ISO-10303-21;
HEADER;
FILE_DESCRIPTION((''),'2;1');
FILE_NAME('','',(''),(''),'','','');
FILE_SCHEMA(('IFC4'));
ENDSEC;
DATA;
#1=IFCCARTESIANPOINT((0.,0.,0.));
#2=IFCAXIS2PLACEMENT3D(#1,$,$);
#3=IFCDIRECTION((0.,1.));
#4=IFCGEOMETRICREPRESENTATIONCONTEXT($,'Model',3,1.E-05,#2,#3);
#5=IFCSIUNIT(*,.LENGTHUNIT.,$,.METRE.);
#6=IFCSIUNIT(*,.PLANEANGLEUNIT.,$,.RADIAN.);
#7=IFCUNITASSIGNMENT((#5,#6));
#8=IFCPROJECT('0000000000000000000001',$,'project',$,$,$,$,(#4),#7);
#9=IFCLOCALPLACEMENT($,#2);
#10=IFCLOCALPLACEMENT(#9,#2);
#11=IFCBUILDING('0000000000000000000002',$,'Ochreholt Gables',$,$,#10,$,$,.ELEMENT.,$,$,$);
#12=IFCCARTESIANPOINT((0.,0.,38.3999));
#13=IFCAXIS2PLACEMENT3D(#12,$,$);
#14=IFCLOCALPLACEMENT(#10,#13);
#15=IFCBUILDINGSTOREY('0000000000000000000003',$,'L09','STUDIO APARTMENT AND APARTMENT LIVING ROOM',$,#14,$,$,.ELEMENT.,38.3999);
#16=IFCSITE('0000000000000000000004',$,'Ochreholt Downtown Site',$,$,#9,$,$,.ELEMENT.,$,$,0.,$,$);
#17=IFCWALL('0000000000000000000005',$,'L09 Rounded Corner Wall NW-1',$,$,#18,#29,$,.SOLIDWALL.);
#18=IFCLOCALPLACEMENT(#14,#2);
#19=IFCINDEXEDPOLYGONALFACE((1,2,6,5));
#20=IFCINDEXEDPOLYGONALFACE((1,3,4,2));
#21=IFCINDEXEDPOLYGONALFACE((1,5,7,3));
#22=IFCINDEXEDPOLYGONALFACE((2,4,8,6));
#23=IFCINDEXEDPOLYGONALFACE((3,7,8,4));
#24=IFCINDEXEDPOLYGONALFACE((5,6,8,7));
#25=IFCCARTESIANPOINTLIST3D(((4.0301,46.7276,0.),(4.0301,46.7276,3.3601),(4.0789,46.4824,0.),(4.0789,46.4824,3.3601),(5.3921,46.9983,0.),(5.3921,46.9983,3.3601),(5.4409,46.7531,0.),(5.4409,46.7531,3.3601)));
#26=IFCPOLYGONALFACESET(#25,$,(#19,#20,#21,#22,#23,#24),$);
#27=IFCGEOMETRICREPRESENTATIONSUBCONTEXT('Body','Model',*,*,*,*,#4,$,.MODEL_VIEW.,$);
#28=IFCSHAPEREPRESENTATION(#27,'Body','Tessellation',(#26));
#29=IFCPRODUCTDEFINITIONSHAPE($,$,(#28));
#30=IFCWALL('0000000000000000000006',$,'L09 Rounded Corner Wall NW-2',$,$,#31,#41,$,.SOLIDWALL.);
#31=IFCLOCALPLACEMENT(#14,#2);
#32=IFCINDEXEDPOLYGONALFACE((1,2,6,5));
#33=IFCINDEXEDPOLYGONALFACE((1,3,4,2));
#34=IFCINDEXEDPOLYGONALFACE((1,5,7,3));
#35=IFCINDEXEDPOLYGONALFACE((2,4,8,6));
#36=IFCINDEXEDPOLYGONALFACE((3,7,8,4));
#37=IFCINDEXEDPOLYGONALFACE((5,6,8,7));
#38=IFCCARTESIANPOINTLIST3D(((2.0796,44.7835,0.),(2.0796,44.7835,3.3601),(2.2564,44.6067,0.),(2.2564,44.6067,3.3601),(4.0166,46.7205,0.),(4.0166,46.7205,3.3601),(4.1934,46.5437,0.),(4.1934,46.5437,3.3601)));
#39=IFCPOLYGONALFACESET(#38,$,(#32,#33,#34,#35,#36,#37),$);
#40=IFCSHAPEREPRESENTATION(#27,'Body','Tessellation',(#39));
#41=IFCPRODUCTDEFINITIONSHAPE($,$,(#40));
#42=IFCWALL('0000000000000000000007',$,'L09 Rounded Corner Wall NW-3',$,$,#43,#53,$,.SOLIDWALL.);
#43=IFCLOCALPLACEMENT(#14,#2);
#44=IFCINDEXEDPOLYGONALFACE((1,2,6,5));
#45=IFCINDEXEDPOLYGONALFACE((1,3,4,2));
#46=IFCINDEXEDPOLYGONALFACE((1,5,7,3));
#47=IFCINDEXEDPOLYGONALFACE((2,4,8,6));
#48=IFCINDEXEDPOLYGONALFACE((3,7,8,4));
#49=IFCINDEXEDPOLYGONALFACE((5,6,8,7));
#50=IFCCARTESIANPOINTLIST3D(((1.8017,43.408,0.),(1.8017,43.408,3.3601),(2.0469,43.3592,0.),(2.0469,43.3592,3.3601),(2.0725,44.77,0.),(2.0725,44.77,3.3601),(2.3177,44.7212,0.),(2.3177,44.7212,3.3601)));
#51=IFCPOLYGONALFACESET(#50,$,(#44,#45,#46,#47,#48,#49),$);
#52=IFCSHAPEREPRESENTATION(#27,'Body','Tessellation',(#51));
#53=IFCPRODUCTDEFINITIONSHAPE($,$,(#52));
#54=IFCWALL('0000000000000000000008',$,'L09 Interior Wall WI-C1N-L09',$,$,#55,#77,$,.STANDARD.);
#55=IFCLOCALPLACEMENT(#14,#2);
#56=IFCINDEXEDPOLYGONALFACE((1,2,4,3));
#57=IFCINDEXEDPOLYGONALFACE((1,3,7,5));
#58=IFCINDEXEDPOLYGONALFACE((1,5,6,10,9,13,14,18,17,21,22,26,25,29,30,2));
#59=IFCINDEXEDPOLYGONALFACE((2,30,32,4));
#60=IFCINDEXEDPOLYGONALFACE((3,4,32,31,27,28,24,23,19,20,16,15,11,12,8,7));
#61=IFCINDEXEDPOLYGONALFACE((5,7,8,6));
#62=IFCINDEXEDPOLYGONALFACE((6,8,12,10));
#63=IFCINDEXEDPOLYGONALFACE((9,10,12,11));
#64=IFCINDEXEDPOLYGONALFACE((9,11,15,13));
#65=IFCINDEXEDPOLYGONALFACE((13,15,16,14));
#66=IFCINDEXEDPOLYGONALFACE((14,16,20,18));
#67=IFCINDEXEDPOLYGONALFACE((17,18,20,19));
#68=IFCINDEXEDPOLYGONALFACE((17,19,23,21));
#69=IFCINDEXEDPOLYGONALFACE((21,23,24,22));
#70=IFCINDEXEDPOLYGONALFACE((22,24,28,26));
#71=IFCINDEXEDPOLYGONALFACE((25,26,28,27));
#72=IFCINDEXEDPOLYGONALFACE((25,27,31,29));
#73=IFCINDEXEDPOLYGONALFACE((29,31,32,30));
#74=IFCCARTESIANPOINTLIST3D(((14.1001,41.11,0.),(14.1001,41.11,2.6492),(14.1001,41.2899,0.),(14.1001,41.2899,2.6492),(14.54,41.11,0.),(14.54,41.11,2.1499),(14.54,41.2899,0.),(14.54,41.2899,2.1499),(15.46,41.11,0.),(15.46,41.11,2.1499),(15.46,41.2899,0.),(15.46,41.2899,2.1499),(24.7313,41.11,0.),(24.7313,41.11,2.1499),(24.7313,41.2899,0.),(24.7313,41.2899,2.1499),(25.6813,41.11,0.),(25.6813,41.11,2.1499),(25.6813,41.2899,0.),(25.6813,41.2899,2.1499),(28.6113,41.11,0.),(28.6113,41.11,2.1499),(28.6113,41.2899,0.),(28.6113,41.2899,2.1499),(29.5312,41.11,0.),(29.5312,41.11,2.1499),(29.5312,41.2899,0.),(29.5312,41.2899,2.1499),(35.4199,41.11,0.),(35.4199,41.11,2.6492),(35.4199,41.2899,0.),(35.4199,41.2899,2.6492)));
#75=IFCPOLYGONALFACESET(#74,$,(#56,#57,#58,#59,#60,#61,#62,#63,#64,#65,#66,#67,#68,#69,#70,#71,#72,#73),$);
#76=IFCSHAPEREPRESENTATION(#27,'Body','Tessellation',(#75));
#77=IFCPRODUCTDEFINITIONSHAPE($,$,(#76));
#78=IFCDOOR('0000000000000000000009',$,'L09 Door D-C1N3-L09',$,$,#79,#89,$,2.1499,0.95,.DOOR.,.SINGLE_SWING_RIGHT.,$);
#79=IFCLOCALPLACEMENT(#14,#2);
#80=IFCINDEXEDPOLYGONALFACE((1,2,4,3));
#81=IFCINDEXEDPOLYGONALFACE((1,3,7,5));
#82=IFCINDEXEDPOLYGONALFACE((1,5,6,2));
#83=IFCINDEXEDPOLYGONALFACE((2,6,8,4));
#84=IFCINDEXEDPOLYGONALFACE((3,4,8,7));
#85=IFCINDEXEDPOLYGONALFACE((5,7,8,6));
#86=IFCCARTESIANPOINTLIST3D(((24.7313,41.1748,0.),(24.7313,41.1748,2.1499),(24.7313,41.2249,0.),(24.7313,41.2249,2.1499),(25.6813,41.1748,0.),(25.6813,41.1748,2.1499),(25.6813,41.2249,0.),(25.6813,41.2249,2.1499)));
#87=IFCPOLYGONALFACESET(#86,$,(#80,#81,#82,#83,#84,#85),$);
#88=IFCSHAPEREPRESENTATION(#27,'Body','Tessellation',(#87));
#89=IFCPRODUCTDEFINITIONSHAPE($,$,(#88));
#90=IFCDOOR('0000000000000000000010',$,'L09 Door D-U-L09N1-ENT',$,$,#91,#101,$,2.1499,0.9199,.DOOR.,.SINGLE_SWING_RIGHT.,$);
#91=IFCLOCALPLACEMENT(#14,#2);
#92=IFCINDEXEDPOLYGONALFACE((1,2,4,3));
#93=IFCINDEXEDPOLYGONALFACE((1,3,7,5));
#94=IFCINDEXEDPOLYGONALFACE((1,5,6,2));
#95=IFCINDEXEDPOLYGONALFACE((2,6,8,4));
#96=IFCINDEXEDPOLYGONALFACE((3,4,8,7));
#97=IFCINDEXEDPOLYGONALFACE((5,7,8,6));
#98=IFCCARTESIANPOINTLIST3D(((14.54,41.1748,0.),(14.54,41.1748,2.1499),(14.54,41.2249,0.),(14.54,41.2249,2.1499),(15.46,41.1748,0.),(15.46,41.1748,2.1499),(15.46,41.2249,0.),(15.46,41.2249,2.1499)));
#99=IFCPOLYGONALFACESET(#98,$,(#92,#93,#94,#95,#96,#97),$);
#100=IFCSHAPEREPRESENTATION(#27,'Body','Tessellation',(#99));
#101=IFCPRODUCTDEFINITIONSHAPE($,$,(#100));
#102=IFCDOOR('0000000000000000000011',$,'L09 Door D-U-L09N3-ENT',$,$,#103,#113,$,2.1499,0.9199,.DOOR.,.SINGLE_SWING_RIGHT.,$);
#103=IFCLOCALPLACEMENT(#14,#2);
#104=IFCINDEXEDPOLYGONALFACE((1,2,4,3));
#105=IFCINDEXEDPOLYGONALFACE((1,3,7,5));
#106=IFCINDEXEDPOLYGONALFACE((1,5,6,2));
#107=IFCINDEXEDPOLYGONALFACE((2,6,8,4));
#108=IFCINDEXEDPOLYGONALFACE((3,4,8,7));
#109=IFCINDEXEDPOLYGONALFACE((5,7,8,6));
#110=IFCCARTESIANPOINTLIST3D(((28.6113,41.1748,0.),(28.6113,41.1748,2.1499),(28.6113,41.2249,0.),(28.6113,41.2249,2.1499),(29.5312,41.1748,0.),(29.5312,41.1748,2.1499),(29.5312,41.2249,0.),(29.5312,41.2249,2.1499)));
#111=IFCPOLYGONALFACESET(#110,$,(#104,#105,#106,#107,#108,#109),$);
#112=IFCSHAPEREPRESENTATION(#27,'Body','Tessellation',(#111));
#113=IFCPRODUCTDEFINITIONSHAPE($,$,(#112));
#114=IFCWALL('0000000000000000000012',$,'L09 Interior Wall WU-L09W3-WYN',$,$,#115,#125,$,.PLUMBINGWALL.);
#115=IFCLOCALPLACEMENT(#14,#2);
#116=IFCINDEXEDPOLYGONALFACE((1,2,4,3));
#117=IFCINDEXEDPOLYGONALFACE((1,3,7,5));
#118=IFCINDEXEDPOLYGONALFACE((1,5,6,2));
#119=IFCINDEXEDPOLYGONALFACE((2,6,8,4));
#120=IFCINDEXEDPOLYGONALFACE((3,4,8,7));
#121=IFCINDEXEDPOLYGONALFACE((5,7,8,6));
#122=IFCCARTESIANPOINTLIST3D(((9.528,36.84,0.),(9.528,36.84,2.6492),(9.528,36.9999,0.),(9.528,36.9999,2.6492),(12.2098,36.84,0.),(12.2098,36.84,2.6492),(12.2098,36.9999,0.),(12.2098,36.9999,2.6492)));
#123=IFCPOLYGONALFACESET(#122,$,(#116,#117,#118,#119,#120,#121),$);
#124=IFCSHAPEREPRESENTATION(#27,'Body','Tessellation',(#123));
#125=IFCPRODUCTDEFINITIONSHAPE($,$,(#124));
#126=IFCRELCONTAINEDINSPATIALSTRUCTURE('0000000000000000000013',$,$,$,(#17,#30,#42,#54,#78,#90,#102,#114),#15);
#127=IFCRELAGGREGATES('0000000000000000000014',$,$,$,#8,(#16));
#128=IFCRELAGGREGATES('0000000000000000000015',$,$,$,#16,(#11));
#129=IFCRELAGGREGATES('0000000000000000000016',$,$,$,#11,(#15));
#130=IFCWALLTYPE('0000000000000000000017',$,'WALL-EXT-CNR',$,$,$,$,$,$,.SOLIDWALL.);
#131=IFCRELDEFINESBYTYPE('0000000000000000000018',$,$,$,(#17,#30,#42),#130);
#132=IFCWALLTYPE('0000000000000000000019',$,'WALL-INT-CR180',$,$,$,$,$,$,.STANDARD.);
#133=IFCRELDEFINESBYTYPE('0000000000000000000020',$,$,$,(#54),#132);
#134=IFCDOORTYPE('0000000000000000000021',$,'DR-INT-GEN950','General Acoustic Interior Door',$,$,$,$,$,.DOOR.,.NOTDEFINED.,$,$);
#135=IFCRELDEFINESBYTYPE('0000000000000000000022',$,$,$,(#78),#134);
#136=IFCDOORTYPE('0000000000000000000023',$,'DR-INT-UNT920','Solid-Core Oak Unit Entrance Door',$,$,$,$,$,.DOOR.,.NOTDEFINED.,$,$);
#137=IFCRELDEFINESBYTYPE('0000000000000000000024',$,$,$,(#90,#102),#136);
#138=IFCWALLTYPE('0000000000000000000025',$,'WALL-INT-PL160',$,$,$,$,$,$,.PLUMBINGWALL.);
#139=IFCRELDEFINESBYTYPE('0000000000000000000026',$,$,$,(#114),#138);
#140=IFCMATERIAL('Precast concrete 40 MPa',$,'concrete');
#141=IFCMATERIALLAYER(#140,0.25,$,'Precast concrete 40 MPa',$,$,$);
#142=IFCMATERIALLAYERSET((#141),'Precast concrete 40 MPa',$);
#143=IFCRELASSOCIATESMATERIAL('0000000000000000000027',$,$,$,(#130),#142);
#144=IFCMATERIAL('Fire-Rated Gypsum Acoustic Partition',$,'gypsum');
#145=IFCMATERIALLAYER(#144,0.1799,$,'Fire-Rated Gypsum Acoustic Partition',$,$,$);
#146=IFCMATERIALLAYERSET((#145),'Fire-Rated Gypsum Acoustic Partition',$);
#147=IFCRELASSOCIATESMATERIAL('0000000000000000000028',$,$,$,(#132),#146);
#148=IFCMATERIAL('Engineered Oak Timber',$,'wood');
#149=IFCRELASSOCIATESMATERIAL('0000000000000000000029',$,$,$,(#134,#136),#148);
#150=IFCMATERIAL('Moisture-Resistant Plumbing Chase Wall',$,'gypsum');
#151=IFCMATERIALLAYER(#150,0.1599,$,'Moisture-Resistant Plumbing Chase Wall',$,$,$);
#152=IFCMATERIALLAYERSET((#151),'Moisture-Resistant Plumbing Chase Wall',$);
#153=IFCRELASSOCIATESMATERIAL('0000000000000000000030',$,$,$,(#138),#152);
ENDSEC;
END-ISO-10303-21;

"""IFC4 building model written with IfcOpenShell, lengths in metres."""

from ifc_helpers import new_model, si_unit, direction, frame, frame_2d, origin, place, context, subcontext, project, spatial, rectangle, extrude, material, layer, layer_set, type_object, element, fill, save


model = new_model("IFC4")

# Units and contexts
model_context = context("Model", 3, precision=1e-05, world=origin(), true_north=direction((0.0, 1.0)))
body_context = subcontext(model_context, "Body", "Model", "MODEL_VIEW")
ifc_project = project(units=[si_unit("LENGTHUNIT", "METRE"), si_unit("PLANEANGLEUNIT", "RADIAN")], contexts=[model_context])

# Site, building, storey
site_placement = place(None, origin())
site = spatial("IfcSite", under=ifc_project, at=site_placement, Name="Ochreholt Downtown Site", CompositionType="ELEMENT", RefElevation=0.0)
building_placement = place(site_placement, origin())
building = spatial("IfcBuilding", under=site, at=building_placement, Name="Ochreholt Gables", CompositionType="ELEMENT")
storey_placement = place(building_placement, frame((0.0, 0.0, 38.3999)))
storey = spatial("IfcBuildingStorey", under=building, at=storey_placement, Name="L09", Description="STUDIO APARTMENT AND APARTMENT LIVING ROOM", CompositionType="ELEMENT", Elevation=38.3999)

# Shared definitions
ifc_material_1 = material(Name="Precast concrete 40 MPa", Category="concrete")

# Walls
ifc_layer_1 = layer(ifc_material_1, 0.25, Name="Precast concrete 40 MPa")
ifc_layer_set_1 = layer_set([ifc_layer_1], Name="Precast concrete 40 MPa")
wall_type_1 = type_object("IfcWallType", Name="WALL-EXT-CNR", PredefinedType="SOLIDWALL", material=ifc_layer_set_1)
wall_1_placement = place(storey_placement, frame((5.4165, 46.8757, 0.0), z_axis=(0.0, 0.0, 1.0), x_axis=(-0.98081, -0.194967, 0.0)))
element("IfcWall", 1, at=wall_1_placement, inside=storey, type_object=wall_type_1, Name="L09 Rounded Corner Wall NW-1", PredefinedType="SOLIDWALL", context=body_context, shape_type="SweptSolid", body=[
    extrude(rectangle(XDim=1.3887, YDim=0.25, at=frame_2d((0.6943, 0.0))), origin(), (0.0, 0.0, 1.0), 3.3601),
])
wall_2_placement = place(storey_placement, frame((4.105, 46.6321, 0.0), z_axis=(0.0, 0.0, 1.0), x_axis=(-0.707107, -0.707107, 0.0)))
element("IfcWall", 2, at=wall_2_placement, inside=storey, type_object=wall_type_1, Name="L09 Rounded Corner Wall NW-2", PredefinedType="SOLIDWALL", context=body_context, shape_type="SweptSolid", body=[
    extrude(rectangle(XDim=2.7393, YDim=0.25, at=frame_2d((1.3696, 0.0))), origin(), (0.0, 0.0, 1.0), 3.3601),
])
wall_3_placement = place(storey_placement, frame((2.1951, 44.7456, 0.0), z_axis=(0.0, 0.0, 1.0), x_axis=(-0.194967, -0.98081, 0.0)))
element("IfcWall", 3, at=wall_3_placement, inside=storey, type_object=wall_type_1, Name="L09 Rounded Corner Wall NW-3", PredefinedType="SOLIDWALL", context=body_context, shape_type="SweptSolid", body=[
    extrude(rectangle(XDim=1.3887, YDim=0.25, at=frame_2d((0.6943, 0.0))), origin(), (0.0, 0.0, 1.0), 3.3601),
])

# Wall, openings, doors
ifc_material_2 = material(Name="Fire-Rated Gypsum Acoustic Partition", Category="gypsum")
ifc_layer_2 = layer(ifc_material_2, 0.1799, Name="Fire-Rated Gypsum Acoustic Partition")
ifc_layer_set_2 = layer_set([ifc_layer_2], Name="Fire-Rated Gypsum Acoustic Partition")
wall_type_2 = type_object("IfcWallType", Name="WALL-INT-CR180", PredefinedType="STANDARD", material=ifc_layer_set_2)
wall_4_placement = place(storey_placement, frame((14.1001, 41.2, 0.0), z_axis=(0.0, 0.0, 1.0), x_axis=(1.0, 0.0, 0.0)))
wall_4 = element("IfcWall", 4, at=wall_4_placement, inside=storey, type_object=wall_type_2, Name="L09 Interior Wall WI-C1N-L09", PredefinedType="STANDARD", context=body_context, shape_type="SweptSolid", body=[
    extrude(rectangle(XDim=21.3198, YDim=0.1799, at=frame_2d((10.6599, 0.0))), origin(), (0.0, 0.0, 1.0), 2.6492),
])
opening_1_placement = place(wall_4_placement, frame((0.4399, 0.0, 0.0)))
opening_1 = element("IfcOpeningElement", 5, at=opening_1_placement, cuts=wall_4, PredefinedType="OPENING", context=body_context, shape_type="SweptSolid", body=[
    extrude(rectangle(XDim=0.9199, YDim=2.1499, at=frame_2d((0.46, 1.075))), frame((0.0, 0.0999, 0.0), z_axis=(0.0, -1.0, 0.0), x_axis=(1.0, 0.0, 0.0)), (0.0, 0.0, 1.0), 0.2),
])
opening_2_placement = place(wall_4_placement, frame((10.6311, 0.0, 0.0)))
opening_2 = element("IfcOpeningElement", 6, at=opening_2_placement, cuts=wall_4, PredefinedType="OPENING", context=body_context, shape_type="SweptSolid", body=[
    extrude(rectangle(XDim=0.95, YDim=2.1499, at=frame_2d((0.4751, 1.075))), frame((0.0, 0.0999, 0.0), z_axis=(0.0, -1.0, 0.0), x_axis=(1.0, 0.0, 0.0)), (0.0, 0.0, 1.0), 0.2),
])
opening_3_placement = place(wall_4_placement, frame((14.5112, 0.0, 0.0)))
opening_3 = element("IfcOpeningElement", 7, at=opening_3_placement, cuts=wall_4, PredefinedType="OPENING", context=body_context, shape_type="SweptSolid", body=[
    extrude(rectangle(XDim=0.9199, YDim=2.1499, at=frame_2d((0.46, 1.075))), frame((0.0, 0.0999, 0.0), z_axis=(0.0, -1.0, 0.0), x_axis=(1.0, 0.0, 0.0)), (0.0, 0.0, 1.0), 0.2),
])
ifc_material_3 = material(Name="Engineered Oak Timber", Category="wood")
door_type_1 = type_object("IfcDoorType", Name="DR-INT-GEN950", Description="General Acoustic Interior Door", OperationType="NOTDEFINED", PredefinedType="DOOR", material=ifc_material_3)
door_1_placement = place(opening_2_placement, origin())
door_1 = element("IfcDoor", 8, at=door_1_placement, inside=storey, type_object=door_type_1, Name="L09 Door D-C1N3-L09", OperationType="SINGLE_SWING_RIGHT", OverallHeight=2.1499, OverallWidth=0.95, PredefinedType="DOOR", context=body_context, shape_type="SweptSolid", body=[
    extrude(rectangle(XDim=0.95, YDim=2.1499, at=frame_2d((0.4751, 1.075))), frame((0.0, 0.0249, 0.0), z_axis=(0.0, -1.0, 0.0), x_axis=(1.0, 0.0, 0.0)), (0.0, 0.0, 1.0), 0.05),
])
fill(opening_2, door_1)
door_type_2 = type_object("IfcDoorType", Name="DR-INT-UNT920", Description="Solid-Core Oak Unit Entrance Door", OperationType="NOTDEFINED", PredefinedType="DOOR", material=ifc_material_3)
door_2_placement = place(opening_1_placement, origin())
door_2 = element("IfcDoor", 9, at=door_2_placement, inside=storey, type_object=door_type_2, Name="L09 Door D-U-L09N1-ENT", OperationType="SINGLE_SWING_RIGHT", OverallHeight=2.1499, OverallWidth=0.9199, PredefinedType="DOOR", context=body_context, shape_type="SweptSolid", body=[
    extrude(rectangle(XDim=0.9199, YDim=2.1499, at=frame_2d((0.46, 1.075))), frame((0.0, 0.0249, 0.0), z_axis=(0.0, -1.0, 0.0), x_axis=(1.0, 0.0, 0.0)), (0.0, 0.0, 1.0), 0.05),
])
fill(opening_1, door_2)
door_3_placement = place(opening_3_placement, origin())
door_3 = element("IfcDoor", 10, at=door_3_placement, inside=storey, type_object=door_type_2, Name="L09 Door D-U-L09N3-ENT", OperationType="SINGLE_SWING_RIGHT", OverallHeight=2.1499, OverallWidth=0.9199, PredefinedType="DOOR", context=body_context, shape_type="SweptSolid", body=[
    extrude(rectangle(XDim=0.9199, YDim=2.1499, at=frame_2d((0.46, 1.075))), frame((0.0, 0.0249, 0.0), z_axis=(0.0, -1.0, 0.0), x_axis=(1.0, 0.0, 0.0)), (0.0, 0.0, 1.0), 0.05),
])
fill(opening_3, door_3)

# Wall
ifc_material_4 = material(Name="Moisture-Resistant Plumbing Chase Wall", Category="gypsum")
ifc_layer_3 = layer(ifc_material_4, 0.1599, Name="Moisture-Resistant Plumbing Chase Wall")
ifc_layer_set_3 = layer_set([ifc_layer_3], Name="Moisture-Resistant Plumbing Chase Wall")
wall_type_3 = type_object("IfcWallType", Name="WALL-INT-PL160", PredefinedType="PLUMBINGWALL", material=ifc_layer_set_3)
wall_5_placement = place(storey_placement, frame((9.5281, 36.9199, 0.0), z_axis=(0.0, 0.0, 1.0), x_axis=(1.0, 0.0, 0.0)))
element("IfcWall", 11, at=wall_5_placement, inside=storey, type_object=wall_type_3, Name="L09 Interior Wall WU-L09W3-WYN", PredefinedType="PLUMBINGWALL", context=body_context, shape_type="SweptSolid", body=[
    extrude(rectangle(XDim=2.6819, YDim=0.1599, at=frame_2d((1.3408, 0.0))), origin(), (0.0, 0.0, 1.0), 2.6492),
])

save(model, "model.ifc")
